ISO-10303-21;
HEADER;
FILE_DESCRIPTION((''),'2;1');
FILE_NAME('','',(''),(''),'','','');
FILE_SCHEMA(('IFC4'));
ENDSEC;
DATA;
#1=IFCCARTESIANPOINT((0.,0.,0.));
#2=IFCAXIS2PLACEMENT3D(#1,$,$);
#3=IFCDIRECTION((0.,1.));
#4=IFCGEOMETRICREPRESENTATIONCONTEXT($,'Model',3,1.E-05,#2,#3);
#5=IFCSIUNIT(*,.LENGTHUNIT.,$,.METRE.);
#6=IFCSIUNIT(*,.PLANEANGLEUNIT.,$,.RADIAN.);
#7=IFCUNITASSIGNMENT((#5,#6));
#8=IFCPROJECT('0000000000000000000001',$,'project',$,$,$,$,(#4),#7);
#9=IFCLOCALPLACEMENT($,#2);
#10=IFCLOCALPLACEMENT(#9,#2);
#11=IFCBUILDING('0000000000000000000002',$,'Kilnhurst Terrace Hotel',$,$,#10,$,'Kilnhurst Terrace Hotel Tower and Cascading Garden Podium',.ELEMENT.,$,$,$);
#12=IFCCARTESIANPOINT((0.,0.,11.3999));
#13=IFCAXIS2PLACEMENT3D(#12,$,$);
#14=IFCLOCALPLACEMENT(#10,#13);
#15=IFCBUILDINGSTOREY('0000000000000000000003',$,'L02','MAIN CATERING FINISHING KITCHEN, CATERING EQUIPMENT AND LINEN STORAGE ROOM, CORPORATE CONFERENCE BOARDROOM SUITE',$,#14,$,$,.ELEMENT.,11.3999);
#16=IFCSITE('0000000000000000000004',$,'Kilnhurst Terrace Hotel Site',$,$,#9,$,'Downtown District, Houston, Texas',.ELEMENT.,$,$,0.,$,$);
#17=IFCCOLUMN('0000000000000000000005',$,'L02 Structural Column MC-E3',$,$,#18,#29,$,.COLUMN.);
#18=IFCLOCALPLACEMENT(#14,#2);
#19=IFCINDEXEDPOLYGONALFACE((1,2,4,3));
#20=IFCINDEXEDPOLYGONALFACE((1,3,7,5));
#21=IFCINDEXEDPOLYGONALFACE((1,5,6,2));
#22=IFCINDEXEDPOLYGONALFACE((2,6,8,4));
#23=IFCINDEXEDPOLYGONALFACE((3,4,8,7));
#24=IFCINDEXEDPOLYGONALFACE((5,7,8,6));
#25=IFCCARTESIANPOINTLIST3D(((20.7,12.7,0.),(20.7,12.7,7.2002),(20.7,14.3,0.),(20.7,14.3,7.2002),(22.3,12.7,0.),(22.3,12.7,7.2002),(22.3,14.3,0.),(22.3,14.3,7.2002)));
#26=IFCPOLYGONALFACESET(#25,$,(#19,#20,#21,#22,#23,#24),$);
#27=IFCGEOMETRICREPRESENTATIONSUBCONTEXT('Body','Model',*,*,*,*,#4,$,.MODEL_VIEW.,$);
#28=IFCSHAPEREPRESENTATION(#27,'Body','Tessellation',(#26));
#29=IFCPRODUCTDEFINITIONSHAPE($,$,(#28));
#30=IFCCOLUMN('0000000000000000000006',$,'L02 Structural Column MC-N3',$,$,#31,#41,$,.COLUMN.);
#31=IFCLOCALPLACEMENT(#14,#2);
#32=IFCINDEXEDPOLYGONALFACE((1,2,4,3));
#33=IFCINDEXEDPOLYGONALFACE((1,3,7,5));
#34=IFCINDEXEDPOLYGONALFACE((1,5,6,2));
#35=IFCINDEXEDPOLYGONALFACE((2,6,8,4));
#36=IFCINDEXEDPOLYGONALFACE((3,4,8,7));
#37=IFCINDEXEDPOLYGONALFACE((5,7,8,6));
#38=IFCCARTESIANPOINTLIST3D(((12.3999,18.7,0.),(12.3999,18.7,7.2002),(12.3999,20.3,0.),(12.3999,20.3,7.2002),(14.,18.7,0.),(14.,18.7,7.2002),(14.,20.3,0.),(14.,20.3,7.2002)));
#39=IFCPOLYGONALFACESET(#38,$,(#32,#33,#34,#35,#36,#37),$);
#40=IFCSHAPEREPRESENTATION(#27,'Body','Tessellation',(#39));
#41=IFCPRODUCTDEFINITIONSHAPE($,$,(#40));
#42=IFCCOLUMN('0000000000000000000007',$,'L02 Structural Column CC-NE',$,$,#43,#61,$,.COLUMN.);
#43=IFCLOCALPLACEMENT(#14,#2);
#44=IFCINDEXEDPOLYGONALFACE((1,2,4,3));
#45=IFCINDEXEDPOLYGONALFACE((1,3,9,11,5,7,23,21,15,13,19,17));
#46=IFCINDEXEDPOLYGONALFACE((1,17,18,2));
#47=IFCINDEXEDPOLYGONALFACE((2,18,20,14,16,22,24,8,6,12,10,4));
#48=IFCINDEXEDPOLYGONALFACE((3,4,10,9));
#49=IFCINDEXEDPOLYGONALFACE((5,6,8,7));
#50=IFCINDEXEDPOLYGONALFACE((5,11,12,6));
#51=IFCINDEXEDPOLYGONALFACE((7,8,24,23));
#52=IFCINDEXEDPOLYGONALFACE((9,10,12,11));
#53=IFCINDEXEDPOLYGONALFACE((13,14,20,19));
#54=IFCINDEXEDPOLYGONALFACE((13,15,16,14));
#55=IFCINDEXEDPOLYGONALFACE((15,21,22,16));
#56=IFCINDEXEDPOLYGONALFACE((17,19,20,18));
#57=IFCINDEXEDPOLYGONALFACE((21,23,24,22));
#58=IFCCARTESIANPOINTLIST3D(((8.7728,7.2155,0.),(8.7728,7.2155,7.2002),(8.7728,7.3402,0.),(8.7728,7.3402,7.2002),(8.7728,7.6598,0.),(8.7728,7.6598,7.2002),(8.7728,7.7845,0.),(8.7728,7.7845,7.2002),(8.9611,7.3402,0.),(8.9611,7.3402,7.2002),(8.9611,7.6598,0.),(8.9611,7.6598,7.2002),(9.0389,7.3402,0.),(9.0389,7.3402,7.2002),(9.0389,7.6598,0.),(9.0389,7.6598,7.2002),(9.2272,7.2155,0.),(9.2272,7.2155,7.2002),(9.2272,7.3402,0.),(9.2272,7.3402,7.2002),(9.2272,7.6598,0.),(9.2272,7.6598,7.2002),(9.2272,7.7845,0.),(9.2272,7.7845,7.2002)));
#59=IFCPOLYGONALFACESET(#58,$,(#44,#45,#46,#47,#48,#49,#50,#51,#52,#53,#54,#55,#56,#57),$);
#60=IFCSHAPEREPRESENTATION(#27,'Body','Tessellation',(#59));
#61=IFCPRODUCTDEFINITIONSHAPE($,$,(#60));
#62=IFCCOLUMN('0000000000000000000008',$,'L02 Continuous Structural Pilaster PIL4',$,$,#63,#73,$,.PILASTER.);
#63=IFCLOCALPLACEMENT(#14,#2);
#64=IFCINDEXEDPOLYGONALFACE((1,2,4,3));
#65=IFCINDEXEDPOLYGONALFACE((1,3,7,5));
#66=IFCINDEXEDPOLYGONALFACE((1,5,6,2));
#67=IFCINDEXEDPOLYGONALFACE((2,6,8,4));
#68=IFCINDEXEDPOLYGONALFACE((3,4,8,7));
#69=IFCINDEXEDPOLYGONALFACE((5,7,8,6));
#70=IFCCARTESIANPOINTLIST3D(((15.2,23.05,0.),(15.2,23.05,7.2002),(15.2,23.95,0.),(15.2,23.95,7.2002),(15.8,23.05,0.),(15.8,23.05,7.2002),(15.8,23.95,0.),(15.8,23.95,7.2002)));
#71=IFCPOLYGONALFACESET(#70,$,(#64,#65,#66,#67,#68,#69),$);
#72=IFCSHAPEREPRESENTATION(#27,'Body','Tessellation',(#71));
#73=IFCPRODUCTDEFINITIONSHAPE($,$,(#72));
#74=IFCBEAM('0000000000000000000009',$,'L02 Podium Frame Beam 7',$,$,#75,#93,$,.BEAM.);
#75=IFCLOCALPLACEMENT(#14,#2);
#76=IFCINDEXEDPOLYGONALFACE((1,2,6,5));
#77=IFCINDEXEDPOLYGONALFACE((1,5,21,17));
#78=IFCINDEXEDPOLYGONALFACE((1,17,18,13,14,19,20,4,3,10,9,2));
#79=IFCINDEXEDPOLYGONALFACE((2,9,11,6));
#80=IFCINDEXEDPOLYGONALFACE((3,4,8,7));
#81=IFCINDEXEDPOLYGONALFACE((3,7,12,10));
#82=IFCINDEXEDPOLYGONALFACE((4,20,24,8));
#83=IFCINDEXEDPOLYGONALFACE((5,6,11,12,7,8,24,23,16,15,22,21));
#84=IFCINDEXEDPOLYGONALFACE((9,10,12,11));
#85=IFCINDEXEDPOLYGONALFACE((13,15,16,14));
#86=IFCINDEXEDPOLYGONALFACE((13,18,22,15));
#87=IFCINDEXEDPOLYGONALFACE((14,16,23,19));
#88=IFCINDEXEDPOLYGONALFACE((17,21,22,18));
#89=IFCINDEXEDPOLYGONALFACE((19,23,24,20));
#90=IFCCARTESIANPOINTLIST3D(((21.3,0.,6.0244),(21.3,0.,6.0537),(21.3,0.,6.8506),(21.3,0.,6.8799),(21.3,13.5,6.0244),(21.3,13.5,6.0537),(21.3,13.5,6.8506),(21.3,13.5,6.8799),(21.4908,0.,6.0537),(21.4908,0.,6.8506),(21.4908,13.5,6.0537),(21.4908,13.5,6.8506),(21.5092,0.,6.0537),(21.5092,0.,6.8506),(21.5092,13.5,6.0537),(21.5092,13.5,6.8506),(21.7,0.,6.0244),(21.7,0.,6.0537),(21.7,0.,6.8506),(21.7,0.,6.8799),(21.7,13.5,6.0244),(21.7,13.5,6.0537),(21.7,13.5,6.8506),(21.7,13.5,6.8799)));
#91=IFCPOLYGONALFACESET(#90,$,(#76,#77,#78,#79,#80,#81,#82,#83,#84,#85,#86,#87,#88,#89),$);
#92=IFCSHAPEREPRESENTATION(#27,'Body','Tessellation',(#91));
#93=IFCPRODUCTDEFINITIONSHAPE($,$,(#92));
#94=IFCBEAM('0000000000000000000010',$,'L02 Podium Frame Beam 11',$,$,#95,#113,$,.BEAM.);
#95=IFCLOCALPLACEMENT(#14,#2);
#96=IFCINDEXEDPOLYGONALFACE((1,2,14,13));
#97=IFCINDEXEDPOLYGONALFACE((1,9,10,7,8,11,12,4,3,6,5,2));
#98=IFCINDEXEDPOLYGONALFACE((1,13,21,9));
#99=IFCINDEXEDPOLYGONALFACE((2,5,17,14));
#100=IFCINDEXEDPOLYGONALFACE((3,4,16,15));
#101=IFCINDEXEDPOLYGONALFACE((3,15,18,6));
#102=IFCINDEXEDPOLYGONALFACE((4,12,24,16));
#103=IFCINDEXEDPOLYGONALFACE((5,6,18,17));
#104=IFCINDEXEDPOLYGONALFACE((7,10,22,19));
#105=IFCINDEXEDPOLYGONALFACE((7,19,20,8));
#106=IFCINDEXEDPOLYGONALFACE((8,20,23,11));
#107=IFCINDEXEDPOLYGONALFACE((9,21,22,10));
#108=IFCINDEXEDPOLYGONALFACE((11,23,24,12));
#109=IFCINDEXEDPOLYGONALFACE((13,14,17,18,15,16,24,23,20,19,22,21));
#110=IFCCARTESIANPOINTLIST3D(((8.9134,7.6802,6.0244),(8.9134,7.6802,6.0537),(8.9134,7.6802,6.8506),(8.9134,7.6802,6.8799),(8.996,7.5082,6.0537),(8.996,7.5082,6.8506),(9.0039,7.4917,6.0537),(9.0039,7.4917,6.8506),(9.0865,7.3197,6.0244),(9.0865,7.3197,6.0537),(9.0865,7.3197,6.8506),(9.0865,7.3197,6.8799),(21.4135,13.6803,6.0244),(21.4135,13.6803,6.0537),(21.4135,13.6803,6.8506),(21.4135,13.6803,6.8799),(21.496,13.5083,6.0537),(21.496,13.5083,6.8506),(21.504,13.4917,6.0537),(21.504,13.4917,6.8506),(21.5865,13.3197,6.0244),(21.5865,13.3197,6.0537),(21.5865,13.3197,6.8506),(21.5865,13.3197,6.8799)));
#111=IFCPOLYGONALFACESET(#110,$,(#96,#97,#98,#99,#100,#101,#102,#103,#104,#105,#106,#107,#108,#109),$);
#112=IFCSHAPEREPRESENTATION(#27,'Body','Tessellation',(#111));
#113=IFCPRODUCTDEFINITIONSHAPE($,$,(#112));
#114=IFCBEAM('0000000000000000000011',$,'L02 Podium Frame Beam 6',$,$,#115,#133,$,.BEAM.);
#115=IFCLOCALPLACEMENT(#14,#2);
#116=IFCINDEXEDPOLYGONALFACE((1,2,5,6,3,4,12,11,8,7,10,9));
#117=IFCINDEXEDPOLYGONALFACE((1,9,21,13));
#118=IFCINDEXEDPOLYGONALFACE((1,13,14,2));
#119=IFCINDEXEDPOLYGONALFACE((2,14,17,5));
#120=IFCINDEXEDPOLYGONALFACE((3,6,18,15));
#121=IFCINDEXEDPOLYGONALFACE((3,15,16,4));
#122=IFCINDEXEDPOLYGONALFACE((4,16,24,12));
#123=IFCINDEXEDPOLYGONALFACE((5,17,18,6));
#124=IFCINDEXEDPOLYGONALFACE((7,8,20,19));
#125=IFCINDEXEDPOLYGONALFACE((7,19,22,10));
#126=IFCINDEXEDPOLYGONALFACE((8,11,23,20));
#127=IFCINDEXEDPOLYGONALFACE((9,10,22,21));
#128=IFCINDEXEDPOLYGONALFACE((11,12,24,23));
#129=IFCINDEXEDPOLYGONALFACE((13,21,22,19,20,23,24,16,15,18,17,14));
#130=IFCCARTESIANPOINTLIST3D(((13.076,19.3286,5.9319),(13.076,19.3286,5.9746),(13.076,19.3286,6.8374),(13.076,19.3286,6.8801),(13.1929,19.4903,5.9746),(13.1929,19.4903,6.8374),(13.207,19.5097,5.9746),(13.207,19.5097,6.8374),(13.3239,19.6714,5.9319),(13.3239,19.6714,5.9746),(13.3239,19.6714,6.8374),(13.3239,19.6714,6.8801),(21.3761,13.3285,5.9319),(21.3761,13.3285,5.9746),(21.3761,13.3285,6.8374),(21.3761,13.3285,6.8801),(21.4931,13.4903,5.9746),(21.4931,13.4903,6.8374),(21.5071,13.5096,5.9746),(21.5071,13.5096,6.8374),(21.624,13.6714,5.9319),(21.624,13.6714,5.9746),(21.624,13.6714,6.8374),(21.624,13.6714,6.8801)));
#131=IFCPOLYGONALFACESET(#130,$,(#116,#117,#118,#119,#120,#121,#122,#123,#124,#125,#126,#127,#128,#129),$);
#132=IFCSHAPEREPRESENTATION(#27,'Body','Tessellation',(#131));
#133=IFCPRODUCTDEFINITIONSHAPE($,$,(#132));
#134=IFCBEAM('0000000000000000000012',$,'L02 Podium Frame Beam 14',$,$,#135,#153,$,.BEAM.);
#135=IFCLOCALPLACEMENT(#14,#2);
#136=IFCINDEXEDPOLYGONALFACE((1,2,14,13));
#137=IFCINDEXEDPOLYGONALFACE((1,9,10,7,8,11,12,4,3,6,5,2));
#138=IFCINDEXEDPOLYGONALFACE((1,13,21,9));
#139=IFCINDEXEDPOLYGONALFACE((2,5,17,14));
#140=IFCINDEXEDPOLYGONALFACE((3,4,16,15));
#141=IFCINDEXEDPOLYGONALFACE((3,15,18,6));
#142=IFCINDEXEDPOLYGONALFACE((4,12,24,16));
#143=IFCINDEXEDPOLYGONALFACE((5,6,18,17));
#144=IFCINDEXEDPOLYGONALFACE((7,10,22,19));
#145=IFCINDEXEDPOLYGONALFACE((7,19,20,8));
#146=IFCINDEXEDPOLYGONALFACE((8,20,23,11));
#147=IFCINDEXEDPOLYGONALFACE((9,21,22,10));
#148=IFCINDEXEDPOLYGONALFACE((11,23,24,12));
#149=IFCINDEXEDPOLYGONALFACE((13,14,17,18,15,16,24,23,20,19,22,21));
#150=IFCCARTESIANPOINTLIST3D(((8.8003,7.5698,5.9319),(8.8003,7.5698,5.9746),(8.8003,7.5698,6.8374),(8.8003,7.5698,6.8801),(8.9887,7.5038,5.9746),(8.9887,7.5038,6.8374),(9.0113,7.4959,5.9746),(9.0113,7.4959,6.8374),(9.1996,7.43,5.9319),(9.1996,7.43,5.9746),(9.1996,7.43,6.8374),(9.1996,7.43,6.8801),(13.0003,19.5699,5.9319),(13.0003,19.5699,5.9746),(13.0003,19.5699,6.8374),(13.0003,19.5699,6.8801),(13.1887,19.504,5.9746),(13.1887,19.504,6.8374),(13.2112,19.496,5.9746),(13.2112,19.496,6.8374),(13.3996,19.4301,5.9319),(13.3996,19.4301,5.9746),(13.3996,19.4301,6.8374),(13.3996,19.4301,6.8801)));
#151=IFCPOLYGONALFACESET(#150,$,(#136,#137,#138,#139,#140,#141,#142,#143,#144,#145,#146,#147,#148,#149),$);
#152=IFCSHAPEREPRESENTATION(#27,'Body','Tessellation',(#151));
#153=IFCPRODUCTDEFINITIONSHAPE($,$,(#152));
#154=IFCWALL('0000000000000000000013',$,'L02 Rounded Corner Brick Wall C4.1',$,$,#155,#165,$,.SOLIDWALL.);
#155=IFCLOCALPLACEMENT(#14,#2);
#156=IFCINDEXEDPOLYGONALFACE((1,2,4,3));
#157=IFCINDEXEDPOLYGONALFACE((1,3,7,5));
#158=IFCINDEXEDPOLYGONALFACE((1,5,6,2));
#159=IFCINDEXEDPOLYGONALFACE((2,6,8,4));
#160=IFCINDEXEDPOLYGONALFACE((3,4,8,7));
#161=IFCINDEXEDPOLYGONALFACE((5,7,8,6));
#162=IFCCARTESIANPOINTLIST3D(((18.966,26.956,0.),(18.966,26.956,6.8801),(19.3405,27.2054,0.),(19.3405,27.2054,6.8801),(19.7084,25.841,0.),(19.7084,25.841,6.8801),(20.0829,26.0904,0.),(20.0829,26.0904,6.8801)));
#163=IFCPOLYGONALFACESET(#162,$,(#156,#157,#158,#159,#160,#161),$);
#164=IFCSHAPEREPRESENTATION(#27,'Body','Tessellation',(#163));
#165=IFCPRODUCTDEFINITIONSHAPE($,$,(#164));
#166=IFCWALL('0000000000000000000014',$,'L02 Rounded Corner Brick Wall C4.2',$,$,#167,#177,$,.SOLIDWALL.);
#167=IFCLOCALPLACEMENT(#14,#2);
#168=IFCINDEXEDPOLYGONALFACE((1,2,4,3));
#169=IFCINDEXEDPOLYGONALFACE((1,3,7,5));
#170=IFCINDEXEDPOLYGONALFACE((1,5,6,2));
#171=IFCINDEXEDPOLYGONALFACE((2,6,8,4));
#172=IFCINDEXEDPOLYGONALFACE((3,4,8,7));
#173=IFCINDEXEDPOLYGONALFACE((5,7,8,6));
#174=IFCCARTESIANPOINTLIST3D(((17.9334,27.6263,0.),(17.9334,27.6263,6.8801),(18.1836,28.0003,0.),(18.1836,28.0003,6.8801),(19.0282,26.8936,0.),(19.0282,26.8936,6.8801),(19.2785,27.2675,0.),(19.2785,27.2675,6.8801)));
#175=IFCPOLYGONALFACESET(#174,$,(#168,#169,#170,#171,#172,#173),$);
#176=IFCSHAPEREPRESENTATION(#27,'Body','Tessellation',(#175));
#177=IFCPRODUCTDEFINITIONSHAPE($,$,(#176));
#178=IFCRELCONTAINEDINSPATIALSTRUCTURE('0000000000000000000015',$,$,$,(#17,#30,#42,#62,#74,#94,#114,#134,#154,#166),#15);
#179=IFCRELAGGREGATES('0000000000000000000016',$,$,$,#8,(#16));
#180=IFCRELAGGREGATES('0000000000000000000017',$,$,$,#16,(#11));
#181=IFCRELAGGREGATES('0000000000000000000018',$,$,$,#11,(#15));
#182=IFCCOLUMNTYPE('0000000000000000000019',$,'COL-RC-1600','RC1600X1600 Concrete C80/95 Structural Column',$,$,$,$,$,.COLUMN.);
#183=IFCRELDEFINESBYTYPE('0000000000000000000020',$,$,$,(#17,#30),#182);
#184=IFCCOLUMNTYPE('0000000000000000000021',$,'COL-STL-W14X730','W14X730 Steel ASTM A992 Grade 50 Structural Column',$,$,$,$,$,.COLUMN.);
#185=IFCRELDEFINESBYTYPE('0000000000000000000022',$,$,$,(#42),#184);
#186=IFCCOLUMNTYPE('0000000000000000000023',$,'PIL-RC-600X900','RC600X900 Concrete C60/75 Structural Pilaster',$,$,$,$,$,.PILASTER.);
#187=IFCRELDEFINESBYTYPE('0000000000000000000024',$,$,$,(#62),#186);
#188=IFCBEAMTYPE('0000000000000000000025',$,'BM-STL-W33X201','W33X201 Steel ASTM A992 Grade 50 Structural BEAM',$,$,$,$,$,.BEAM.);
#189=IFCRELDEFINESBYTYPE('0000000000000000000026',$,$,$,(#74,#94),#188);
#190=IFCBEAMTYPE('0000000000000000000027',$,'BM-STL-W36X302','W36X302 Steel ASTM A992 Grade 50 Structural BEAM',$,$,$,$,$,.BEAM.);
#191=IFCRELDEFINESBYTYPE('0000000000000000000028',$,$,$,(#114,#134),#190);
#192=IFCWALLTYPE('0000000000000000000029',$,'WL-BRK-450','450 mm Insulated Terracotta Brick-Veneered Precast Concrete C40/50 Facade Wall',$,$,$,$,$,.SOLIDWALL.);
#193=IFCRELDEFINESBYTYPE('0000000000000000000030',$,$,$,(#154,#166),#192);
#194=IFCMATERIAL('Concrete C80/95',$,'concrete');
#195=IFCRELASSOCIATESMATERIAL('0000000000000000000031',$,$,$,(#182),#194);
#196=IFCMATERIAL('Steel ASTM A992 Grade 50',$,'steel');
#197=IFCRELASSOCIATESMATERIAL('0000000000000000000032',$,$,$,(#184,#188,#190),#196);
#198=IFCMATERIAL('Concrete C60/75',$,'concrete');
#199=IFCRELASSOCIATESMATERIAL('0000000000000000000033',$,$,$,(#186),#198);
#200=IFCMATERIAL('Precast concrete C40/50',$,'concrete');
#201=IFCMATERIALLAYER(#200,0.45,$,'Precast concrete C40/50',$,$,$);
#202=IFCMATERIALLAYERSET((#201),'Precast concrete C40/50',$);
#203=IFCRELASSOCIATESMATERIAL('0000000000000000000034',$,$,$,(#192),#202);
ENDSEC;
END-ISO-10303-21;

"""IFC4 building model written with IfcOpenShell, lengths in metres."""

from ifc_helpers import new_model, si_unit, direction, frame, frame_2d, origin, origin_2d, place, context, subcontext, project, spatial, rectangle, i_section, extrude, material, layer, layer_set, material_profile, profile_set, type_object, element, save


model = new_model("IFC4")

# Units and contexts
model_context = context("Model", 3, precision=1e-05, world=origin(), true_north=direction((0.0, 1.0)))
body_context = subcontext(model_context, "Body", "Model", "MODEL_VIEW")
ifc_project = project(units=[si_unit("LENGTHUNIT", "METRE"), si_unit("PLANEANGLEUNIT", "RADIAN")], contexts=[model_context])

# Site, building, storey
site_placement = place(None, origin())
site = spatial("IfcSite", under=ifc_project, at=site_placement, Name="Kilnhurst Terrace Hotel Site", LongName="Downtown District, Houston, Texas", CompositionType="ELEMENT", RefElevation=0.0)
building_placement = place(site_placement, origin())
building = spatial("IfcBuilding", under=site, at=building_placement, Name="Kilnhurst Terrace Hotel", LongName="Kilnhurst Terrace Hotel Tower and Cascading Garden Podium", CompositionType="ELEMENT")
storey_placement = place(building_placement, frame((0.0, 0.0, 11.3999)))
storey = spatial("IfcBuildingStorey", under=building, at=storey_placement, Name="L02", Description="MAIN CATERING FINISHING KITCHEN, CATERING EQUIPMENT AND LINEN STORAGE ROOM, CORPORATE CONFERENCE BOARDROOM SUITE", CompositionType="ELEMENT", Elevation=11.3999)

# Columns
ifc_material_1 = material(Name="Concrete C80/95", Category="concrete")
ifc_material_profile_1 = material_profile(ifc_material_1, rectangle(XDim=1.6001, YDim=1.6001, at=origin_2d()), Name="RC1600X1600")
ifc_profile_set_1 = profile_set([ifc_material_profile_1], Name="Concrete C80/95")
column_type_1 = type_object("IfcColumnType", Name="COL-RC-1600", Description="RC1600X1600 Concrete C80/95 Structural Column", PredefinedType="COLUMN", material=ifc_profile_set_1)
for number, where, z_axis, x_axis, name in (
    (1, (21.5, 13.5, 0.0), (0.0, 0.0, 1.0), (1.0, 0.0, 0.0), "L02 Structural Column MC-E3"),
    (2, (13.2, 19.5, 0.0), (0.0, 0.0, 1.0), (1.0, 0.0, 0.0), "L02 Structural Column MC-N3"),
):
    element("IfcColumn", number, at=place(storey_placement, frame(where, z_axis=z_axis, x_axis=x_axis)), inside=storey, type_object=column_type_1, Name=name, PredefinedType="COLUMN", context=body_context, shape_type="SweptSolid", body=[
        extrude(rectangle(XDim=1.6001, YDim=1.6001, at=origin_2d()), origin(), (0.0, 0.0, 1.0), 7.2002),
    ])
ifc_material_2 = material(Name="Steel ASTM A992 Grade 50", Category="steel")
ifc_material_profile_2 = material_profile(ifc_material_2, i_section(OverallWidth=0.4543, OverallDepth=0.5691, WebThickness=0.0779, FlangeThickness=0.1248, at=origin_2d()), Name="W14X730")
ifc_profile_set_2 = profile_set([ifc_material_profile_2], Name="Steel ASTM A992 Grade 50")
column_type_2 = type_object("IfcColumnType", Name="COL-STL-W14X730", Description="W14X730 Steel ASTM A992 Grade 50 Structural Column", PredefinedType="COLUMN", material=ifc_profile_set_2)
column_1_placement = place(storey_placement, frame((9.0, 7.5, 0.0), z_axis=(0.0, 0.0, 1.0), x_axis=(1.0, 0.0, 0.0)))
element("IfcColumn", 3, at=column_1_placement, inside=storey, type_object=column_type_2, Name="L02 Structural Column CC-NE", PredefinedType="COLUMN", context=body_context, shape_type="SweptSolid", body=[
    extrude(i_section(OverallWidth=0.4543, OverallDepth=0.5691, WebThickness=0.0779, FlangeThickness=0.1248, at=origin_2d()), origin(), (0.0, 0.0, 1.0), 7.2002),
])
ifc_material_3 = material(Name="Concrete C60/75", Category="concrete")
ifc_material_profile_3 = material_profile(ifc_material_3, rectangle(XDim=0.6001, YDim=0.8999, at=origin_2d()), Name="RC600X900")
ifc_profile_set_3 = profile_set([ifc_material_profile_3], Name="Concrete C60/75")
column_type_3 = type_object("IfcColumnType", Name="PIL-RC-600X900", Description="RC600X900 Concrete C60/75 Structural Pilaster", PredefinedType="PILASTER", material=ifc_profile_set_3)
column_2_placement = place(storey_placement, frame((15.5, 23.5, 0.0), z_axis=(0.0, 0.0, 1.0), x_axis=(1.0, 0.0, 0.0)))
element("IfcColumn", 4, at=column_2_placement, inside=storey, type_object=column_type_3, Name="L02 Continuous Structural Pilaster PIL4", PredefinedType="PILASTER", context=body_context, shape_type="SweptSolid", body=[
    extrude(rectangle(XDim=0.6001, YDim=0.8999, at=origin_2d()), origin(), (0.0, 0.0, 1.0), 7.2002),
])

# Beams
ifc_material_profile_4 = material_profile(ifc_material_2, i_section(OverallWidth=0.3999, OverallDepth=0.8555, WebThickness=0.0183, FlangeThickness=0.0293, at=origin_2d()), Name="W33X201")
ifc_profile_set_4 = profile_set([ifc_material_profile_4], Name="Steel ASTM A992 Grade 50")
beam_type_1 = type_object("IfcBeamType", Name="BM-STL-W33X201", Description="W33X201 Steel ASTM A992 Grade 50 Structural BEAM", PredefinedType="BEAM", material=ifc_profile_set_4)
beam_1_placement = place(storey_placement, frame((21.5, 13.5, 6.4521), z_axis=(0.0, -1.0, 0.0), x_axis=(1.0, 0.0, 0.0)))
element("IfcBeam", 5, at=beam_1_placement, inside=storey, type_object=beam_type_1, Name="L02 Podium Frame Beam 7", PredefinedType="BEAM", context=body_context, shape_type="SweptSolid", body=[
    extrude(i_section(OverallWidth=0.3999, OverallDepth=0.8555, WebThickness=0.0183, FlangeThickness=0.0293, at=origin_2d()), origin(), (0.0, 0.0, 1.0), 13.5),
])
beam_2_placement = place(storey_placement, frame((21.5, 13.5, 6.4521), z_axis=(-0.901523, -0.432731, 0.0), x_axis=(0.432731, -0.901523, 0.0)))
element("IfcBeam", 6, at=beam_2_placement, inside=storey, type_object=beam_type_1, Name="L02 Podium Frame Beam 11", PredefinedType="BEAM", context=body_context, shape_type="SweptSolid", body=[
    extrude(i_section(OverallWidth=0.3999, OverallDepth=0.8555, WebThickness=0.0183, FlangeThickness=0.0293, at=origin_2d()), origin(), (0.0, 0.0, 1.0), 13.8655),
])
ifc_material_profile_5 = material_profile(ifc_material_2, i_section(OverallWidth=0.4231, OverallDepth=0.9482, WebThickness=0.0239, FlangeThickness=0.0427, at=origin_2d()), Name="W36X302")
ifc_profile_set_5 = profile_set([ifc_material_profile_5], Name="Steel ASTM A992 Grade 50")
beam_type_2 = type_object("IfcBeamType", Name="BM-STL-W36X302", Description="W36X302 Steel ASTM A992 Grade 50 Structural BEAM", PredefinedType="BEAM", material=ifc_profile_set_5)
beam_3_placement = place(storey_placement, frame((13.2, 19.5, 6.406), z_axis=(0.810423, -0.585845, 0.0), x_axis=(0.585845, 0.810423, 0.0)))
element("IfcBeam", 7, at=beam_3_placement, inside=storey, type_object=beam_type_2, Name="L02 Podium Frame Beam 6", PredefinedType="BEAM", context=body_context, shape_type="SweptSolid", body=[
    extrude(i_section(OverallWidth=0.4231, OverallDepth=0.9482, WebThickness=0.0239, FlangeThickness=0.0427, at=origin_2d()), origin(), (0.0, 0.0, 1.0), 10.2417),
])
beam_4_placement = place(storey_placement, frame((13.2, 19.5, 6.406), z_axis=(-0.330347, -0.94386, 0.0), x_axis=(0.94386, -0.330347, 0.0)))
element("IfcBeam", 8, at=beam_4_placement, inside=storey, type_object=beam_type_2, Name="L02 Podium Frame Beam 14", PredefinedType="BEAM", context=body_context, shape_type="SweptSolid", body=[
    extrude(i_section(OverallWidth=0.4231, OverallDepth=0.9482, WebThickness=0.0239, FlangeThickness=0.0427, at=origin_2d()), origin(), (0.0, 0.0, 1.0), 12.7139),
])

# Walls
ifc_material_4 = material(Name="Precast concrete C40/50", Category="concrete")
ifc_layer_1 = layer(ifc_material_4, 0.45, Name="Precast concrete C40/50")
ifc_layer_set_1 = layer_set([ifc_layer_1], Name="Precast concrete C40/50")
wall_type_1 = type_object("IfcWallType", Name="WL-BRK-450", Description="450 mm Insulated Terracotta Brick-Veneered Precast Concrete C40/50 Facade Wall", PredefinedType="SOLIDWALL", material=ifc_layer_set_1)
wall_1_placement = place(storey_placement, frame((19.8958, 25.9656, 0.0), z_axis=(0.0, 0.0, 1.0), x_axis=(-0.554237, 0.832359, 0.0)))
element("IfcWall", 9, at=wall_1_placement, inside=storey, type_object=wall_type_1, Name="L02 Rounded Corner Brick Wall C4.1", PredefinedType="SOLIDWALL", context=body_context, shape_type="SweptSolid", body=[
    extrude(rectangle(XDim=1.3396, YDim=0.45, at=frame_2d((0.6699, 0.0))), origin(), (0.0, 0.0, 1.0), 6.8801),
])
wall_2_placement = place(storey_placement, frame((19.1533, 27.0806, 0.0), z_axis=(0.0, 0.0, 1.0), x_axis=(-0.831051, 0.556196, 0.0)))
element("IfcWall", 10, at=wall_2_placement, inside=storey, type_object=wall_type_1, Name="L02 Rounded Corner Brick Wall C4.2", PredefinedType="SOLIDWALL", context=body_context, shape_type="SweptSolid", body=[
    extrude(rectangle(XDim=1.3174, YDim=0.45, at=frame_2d((0.6587, 0.0))), origin(), (0.0, 0.0, 1.0), 6.8801),
])

save(model, "model.ifc")
